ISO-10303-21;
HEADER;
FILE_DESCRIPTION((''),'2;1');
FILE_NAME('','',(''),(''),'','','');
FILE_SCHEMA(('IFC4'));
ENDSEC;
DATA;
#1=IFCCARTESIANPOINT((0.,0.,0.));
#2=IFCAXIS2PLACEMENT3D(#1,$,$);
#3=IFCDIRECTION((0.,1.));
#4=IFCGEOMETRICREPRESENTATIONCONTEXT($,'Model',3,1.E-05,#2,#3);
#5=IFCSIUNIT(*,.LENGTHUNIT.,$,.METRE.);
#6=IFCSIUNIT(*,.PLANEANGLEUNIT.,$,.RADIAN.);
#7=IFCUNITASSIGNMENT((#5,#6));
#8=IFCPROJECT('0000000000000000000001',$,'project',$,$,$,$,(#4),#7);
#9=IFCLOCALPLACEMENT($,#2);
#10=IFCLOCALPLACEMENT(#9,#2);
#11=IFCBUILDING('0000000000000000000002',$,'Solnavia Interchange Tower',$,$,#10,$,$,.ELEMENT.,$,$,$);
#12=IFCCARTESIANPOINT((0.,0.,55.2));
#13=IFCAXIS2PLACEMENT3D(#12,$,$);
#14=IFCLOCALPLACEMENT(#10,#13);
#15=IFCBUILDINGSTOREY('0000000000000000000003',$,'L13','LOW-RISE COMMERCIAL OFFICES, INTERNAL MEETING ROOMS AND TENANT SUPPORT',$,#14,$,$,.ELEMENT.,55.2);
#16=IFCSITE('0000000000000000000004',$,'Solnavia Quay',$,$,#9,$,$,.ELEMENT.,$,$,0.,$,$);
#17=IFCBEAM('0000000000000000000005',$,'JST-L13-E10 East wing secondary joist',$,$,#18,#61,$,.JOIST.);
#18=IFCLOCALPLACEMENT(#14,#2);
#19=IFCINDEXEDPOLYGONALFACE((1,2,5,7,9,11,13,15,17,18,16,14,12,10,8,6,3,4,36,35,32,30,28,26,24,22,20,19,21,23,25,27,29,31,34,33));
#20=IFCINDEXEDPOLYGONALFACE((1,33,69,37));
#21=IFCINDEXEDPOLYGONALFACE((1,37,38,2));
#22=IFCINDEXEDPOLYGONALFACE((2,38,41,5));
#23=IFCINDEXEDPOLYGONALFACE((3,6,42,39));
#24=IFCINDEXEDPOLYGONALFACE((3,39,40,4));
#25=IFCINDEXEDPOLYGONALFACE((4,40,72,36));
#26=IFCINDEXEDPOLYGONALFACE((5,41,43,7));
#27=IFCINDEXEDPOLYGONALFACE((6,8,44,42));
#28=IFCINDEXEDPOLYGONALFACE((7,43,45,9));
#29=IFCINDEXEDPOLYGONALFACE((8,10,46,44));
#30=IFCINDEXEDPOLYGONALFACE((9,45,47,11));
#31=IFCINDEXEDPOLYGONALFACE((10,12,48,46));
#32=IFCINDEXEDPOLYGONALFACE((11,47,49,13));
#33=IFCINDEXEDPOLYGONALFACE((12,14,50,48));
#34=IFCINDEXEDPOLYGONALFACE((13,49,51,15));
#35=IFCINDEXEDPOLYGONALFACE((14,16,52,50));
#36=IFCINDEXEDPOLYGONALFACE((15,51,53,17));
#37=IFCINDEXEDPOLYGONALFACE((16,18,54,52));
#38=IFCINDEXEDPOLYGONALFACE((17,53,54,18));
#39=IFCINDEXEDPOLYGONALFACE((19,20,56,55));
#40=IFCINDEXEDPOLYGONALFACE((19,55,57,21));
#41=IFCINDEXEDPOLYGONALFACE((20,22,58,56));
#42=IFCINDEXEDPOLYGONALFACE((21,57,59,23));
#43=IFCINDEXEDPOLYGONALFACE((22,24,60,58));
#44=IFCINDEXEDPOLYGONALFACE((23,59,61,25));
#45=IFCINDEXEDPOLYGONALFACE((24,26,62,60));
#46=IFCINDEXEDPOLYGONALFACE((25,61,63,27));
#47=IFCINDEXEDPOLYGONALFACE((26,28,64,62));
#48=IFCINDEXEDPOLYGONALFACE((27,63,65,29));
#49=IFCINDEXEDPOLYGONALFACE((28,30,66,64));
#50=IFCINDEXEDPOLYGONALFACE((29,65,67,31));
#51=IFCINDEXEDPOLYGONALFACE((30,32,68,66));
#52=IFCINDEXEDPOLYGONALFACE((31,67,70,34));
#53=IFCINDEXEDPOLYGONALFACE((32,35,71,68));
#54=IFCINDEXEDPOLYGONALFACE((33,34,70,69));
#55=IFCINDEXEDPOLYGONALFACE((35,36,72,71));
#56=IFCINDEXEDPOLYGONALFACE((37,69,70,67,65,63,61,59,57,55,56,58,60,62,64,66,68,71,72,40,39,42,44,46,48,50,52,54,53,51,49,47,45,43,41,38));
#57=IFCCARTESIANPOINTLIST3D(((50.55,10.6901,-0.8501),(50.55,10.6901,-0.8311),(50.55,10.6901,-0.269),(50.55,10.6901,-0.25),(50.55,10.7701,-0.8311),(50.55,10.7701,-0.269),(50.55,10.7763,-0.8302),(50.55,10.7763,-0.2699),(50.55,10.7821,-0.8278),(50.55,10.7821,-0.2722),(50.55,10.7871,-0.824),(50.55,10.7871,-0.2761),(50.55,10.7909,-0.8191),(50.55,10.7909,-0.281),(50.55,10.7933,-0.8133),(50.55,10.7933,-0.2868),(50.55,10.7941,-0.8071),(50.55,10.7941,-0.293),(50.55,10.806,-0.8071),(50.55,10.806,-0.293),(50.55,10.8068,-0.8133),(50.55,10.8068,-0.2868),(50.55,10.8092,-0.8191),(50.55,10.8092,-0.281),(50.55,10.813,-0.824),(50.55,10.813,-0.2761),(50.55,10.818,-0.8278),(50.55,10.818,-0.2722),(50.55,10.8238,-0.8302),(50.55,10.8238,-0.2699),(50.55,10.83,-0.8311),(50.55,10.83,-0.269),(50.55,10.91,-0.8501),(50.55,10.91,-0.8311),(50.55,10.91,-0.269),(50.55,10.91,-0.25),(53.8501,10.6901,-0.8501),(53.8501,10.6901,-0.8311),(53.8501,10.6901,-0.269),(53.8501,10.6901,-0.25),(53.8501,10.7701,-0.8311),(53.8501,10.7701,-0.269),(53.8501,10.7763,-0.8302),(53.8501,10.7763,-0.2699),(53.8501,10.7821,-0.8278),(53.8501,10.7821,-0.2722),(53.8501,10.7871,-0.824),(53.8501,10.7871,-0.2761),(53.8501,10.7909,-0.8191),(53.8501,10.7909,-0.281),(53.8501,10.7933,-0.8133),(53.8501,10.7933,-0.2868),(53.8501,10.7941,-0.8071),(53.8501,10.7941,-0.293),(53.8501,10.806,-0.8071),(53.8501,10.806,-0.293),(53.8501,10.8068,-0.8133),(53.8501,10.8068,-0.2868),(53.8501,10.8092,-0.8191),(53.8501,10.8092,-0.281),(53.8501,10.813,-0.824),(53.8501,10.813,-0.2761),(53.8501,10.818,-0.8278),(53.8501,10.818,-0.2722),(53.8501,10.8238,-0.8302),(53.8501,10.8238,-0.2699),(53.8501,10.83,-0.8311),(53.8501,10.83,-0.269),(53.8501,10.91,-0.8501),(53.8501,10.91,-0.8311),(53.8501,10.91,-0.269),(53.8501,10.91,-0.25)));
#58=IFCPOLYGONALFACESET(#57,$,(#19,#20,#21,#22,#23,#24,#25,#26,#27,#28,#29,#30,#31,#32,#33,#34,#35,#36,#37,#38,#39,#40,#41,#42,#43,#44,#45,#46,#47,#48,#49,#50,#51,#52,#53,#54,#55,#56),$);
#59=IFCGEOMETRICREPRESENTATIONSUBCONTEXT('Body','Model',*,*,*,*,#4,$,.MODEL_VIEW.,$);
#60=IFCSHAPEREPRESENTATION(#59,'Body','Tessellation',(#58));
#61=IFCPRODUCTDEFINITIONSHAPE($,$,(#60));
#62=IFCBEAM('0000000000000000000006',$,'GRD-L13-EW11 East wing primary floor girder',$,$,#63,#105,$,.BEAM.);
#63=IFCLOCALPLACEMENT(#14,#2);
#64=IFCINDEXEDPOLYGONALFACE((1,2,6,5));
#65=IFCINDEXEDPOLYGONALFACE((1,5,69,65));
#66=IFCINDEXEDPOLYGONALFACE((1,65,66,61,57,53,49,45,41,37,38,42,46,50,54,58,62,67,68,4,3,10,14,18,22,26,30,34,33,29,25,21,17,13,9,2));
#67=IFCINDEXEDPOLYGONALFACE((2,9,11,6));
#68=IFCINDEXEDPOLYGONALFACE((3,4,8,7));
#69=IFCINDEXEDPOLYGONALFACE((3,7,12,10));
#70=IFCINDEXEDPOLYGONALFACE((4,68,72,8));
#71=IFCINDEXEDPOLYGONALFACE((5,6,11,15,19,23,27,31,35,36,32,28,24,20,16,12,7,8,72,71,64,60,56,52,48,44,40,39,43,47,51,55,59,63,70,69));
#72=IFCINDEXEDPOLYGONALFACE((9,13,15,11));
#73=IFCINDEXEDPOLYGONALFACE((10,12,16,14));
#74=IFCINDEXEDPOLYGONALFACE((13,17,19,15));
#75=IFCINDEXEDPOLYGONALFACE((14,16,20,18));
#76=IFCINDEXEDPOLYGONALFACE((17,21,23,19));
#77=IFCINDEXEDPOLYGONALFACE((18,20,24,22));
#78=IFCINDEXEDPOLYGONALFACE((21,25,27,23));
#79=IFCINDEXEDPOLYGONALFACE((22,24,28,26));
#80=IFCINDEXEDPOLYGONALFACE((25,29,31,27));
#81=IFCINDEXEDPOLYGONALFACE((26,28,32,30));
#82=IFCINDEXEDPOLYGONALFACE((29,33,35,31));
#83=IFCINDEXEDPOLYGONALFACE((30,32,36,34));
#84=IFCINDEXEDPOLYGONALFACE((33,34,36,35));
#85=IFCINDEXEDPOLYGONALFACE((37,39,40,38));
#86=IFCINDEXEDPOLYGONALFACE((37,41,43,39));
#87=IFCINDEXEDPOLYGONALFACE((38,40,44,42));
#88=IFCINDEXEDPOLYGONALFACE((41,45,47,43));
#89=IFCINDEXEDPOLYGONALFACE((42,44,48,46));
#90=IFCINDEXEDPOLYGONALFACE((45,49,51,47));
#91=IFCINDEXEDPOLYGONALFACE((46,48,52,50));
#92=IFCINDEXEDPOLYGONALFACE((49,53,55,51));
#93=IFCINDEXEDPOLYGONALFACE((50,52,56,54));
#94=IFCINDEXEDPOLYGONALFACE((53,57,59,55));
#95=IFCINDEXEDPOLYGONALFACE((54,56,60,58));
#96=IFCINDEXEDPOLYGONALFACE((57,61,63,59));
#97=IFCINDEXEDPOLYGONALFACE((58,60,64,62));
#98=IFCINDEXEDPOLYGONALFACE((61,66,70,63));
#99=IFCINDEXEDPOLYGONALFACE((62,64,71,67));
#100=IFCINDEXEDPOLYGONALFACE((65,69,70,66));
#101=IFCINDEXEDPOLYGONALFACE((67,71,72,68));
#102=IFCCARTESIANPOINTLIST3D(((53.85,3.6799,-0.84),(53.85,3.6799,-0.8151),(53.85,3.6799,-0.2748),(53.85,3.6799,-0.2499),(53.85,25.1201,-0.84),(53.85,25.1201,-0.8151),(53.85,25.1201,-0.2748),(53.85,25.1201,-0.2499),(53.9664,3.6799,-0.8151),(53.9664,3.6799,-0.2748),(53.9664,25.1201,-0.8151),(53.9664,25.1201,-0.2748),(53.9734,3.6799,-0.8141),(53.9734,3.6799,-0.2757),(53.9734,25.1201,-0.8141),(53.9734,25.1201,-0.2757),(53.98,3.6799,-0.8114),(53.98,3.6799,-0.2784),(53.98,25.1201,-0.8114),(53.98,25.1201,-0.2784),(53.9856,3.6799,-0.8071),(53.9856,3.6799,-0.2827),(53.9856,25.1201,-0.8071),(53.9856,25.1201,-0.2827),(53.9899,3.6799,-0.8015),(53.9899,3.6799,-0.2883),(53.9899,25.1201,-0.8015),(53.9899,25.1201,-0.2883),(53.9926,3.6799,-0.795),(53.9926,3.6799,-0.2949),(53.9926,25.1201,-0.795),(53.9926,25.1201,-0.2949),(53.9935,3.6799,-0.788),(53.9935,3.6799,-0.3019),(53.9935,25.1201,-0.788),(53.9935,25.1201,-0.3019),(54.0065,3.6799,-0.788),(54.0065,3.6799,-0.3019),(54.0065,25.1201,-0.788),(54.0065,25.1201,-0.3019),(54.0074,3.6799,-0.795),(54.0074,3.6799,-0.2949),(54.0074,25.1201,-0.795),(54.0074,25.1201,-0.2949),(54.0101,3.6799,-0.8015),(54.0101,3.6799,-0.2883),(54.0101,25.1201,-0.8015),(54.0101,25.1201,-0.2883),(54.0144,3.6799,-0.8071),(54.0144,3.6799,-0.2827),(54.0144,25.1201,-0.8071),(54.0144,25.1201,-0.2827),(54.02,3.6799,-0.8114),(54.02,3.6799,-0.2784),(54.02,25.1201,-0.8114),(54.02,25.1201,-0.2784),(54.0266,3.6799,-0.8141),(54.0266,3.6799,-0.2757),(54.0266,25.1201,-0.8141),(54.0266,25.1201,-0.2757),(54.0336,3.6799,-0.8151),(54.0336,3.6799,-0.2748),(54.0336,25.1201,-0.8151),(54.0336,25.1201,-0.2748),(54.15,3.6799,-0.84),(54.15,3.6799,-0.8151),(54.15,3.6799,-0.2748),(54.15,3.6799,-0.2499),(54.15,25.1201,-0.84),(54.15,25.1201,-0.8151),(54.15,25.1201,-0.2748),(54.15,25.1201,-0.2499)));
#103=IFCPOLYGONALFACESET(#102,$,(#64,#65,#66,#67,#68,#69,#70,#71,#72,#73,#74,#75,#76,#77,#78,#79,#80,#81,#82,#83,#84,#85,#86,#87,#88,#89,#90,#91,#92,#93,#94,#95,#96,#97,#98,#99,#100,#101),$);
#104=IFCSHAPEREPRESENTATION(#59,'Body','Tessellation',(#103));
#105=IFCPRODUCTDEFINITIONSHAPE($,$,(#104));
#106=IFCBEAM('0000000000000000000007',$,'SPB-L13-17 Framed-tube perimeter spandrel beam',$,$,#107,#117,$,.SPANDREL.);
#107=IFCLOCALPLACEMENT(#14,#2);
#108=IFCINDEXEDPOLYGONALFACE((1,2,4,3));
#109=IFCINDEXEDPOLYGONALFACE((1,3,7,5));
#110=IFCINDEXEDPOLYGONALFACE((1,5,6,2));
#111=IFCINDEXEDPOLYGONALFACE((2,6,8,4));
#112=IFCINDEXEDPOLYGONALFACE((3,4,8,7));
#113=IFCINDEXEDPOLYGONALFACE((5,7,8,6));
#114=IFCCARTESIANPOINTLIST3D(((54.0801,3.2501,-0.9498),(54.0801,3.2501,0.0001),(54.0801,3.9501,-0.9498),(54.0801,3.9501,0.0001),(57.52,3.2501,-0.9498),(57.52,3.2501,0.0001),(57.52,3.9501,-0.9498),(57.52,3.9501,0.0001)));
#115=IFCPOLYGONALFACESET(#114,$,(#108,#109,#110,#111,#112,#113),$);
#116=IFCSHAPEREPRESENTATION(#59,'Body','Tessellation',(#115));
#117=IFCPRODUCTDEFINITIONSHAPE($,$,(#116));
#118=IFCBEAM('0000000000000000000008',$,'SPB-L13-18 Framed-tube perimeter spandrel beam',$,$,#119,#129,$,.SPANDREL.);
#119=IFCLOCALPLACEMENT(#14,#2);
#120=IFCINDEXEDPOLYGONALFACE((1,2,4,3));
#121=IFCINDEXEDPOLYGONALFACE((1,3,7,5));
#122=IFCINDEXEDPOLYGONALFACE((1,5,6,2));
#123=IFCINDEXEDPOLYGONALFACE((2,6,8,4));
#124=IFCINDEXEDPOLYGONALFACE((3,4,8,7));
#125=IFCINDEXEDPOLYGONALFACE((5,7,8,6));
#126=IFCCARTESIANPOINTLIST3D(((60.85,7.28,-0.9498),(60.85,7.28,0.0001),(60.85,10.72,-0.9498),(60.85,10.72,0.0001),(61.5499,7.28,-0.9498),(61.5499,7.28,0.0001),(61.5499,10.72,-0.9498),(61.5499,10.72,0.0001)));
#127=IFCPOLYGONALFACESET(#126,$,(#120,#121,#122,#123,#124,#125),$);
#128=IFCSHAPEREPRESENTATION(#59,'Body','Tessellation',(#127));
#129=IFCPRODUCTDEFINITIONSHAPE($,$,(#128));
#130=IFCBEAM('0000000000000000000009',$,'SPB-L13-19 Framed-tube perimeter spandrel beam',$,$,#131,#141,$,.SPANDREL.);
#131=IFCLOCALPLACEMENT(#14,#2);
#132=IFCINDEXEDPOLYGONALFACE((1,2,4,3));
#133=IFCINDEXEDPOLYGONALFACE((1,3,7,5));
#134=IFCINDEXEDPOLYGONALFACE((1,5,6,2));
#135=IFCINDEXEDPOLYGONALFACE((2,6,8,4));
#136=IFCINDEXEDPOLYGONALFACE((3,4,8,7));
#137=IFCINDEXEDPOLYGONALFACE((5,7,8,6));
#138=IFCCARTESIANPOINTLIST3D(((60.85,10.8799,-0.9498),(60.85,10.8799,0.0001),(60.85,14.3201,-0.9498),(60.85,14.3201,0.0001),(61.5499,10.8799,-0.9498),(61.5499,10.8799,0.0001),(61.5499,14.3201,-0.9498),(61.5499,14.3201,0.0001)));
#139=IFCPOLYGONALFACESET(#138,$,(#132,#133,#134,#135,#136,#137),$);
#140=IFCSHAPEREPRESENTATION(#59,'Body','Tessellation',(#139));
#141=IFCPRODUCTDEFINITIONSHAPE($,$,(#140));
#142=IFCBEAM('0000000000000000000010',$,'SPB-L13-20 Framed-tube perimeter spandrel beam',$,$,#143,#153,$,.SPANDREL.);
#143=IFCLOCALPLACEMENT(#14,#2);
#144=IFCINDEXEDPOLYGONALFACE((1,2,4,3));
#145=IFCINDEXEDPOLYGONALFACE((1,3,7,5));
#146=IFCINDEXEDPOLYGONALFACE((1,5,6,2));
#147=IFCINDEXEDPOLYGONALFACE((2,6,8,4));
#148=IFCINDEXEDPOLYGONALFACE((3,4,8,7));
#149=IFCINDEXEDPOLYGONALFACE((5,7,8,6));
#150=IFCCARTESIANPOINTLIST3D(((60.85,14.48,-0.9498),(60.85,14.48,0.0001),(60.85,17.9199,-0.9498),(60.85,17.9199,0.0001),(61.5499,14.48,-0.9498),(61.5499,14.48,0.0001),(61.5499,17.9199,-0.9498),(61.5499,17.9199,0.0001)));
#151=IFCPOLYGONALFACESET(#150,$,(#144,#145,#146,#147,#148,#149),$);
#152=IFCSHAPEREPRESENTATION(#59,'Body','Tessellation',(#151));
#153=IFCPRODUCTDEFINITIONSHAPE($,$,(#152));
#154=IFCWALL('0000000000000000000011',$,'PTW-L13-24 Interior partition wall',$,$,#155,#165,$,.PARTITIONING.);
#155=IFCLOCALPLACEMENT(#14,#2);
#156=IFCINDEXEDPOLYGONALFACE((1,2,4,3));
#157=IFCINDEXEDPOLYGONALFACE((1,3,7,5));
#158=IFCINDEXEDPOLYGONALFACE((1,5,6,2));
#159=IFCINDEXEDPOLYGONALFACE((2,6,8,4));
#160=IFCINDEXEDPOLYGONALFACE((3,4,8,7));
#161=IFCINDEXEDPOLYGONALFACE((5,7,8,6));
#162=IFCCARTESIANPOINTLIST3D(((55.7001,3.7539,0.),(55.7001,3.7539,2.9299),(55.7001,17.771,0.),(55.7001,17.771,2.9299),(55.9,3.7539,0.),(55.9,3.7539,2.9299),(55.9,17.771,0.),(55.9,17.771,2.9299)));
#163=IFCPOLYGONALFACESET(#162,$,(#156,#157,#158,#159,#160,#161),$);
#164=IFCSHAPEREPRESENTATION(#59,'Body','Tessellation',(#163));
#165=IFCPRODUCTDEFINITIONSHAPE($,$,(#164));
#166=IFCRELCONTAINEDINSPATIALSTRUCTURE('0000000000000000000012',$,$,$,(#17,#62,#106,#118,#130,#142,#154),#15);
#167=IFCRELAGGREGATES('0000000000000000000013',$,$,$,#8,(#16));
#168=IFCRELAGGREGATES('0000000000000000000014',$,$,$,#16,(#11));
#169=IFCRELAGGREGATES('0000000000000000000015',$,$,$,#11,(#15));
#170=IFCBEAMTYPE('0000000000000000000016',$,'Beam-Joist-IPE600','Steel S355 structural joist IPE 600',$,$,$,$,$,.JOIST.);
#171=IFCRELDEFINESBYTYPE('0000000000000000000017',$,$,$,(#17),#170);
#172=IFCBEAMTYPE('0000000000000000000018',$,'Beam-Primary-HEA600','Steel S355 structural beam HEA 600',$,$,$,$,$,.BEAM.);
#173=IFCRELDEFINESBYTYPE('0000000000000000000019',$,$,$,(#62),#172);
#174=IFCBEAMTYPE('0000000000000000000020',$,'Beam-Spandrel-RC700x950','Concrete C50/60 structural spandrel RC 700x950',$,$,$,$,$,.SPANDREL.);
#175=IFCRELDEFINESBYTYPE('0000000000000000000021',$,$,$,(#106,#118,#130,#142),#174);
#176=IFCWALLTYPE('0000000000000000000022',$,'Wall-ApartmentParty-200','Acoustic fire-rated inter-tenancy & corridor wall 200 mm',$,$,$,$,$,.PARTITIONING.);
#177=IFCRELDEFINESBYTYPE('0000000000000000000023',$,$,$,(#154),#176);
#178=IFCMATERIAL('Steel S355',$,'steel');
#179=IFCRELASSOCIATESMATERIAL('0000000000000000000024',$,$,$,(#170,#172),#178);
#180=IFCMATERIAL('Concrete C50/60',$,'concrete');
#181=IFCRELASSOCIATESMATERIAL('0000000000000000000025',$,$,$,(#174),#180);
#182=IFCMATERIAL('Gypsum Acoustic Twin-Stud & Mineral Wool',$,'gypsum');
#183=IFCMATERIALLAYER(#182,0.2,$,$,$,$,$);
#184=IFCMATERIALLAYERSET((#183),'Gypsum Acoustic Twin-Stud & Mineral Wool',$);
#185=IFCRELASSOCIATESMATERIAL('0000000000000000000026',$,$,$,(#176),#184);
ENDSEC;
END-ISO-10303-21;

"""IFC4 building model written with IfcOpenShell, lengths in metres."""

from ifc_helpers import new_model, si_unit, direction, frame, frame_2d, origin, origin_2d, place, context, subcontext, project, spatial, rectangle, i_section, extrude, material, layer, layer_set, material_profile, profile_set, type_object, element, save


model = new_model("IFC4")

# Units and contexts
model_context = context("Model", 3, precision=1e-05, world=origin(), true_north=direction((0.0, 1.0)))
body_context = subcontext(model_context, "Body", "Model", "MODEL_VIEW")
ifc_project = project(units=[si_unit("LENGTHUNIT", "METRE"), si_unit("PLANEANGLEUNIT", "RADIAN")], contexts=[model_context])

# Site, building, storey
site_placement = place(None, origin())
site = spatial("IfcSite", under=ifc_project, at=site_placement, Name="Solnavia Quay", CompositionType="ELEMENT", RefElevation=0.0)
building_placement = place(site_placement, origin())
building = spatial("IfcBuilding", under=site, at=building_placement, Name="Solnavia Interchange Tower", CompositionType="ELEMENT")
storey_placement = place(building_placement, frame((0.0, 0.0, 55.2)))
storey = spatial("IfcBuildingStorey", under=building, at=storey_placement, Name="L13", Description="LOW-RISE COMMERCIAL OFFICES, INTERNAL MEETING ROOMS AND TENANT SUPPORT", CompositionType="ELEMENT", Elevation=55.2)

# Beams
ifc_material_1 = material(Name="Steel S355", Category="steel")
ifc_material_profile_1 = material_profile(ifc_material_1, i_section(OverallWidth=0.22, OverallDepth=0.6001, WebThickness=0.012, FlangeThickness=0.019, FilletRadius=0.0239, at=origin_2d()), Name="IPE 600")
ifc_profile_set_1 = profile_set([ifc_material_profile_1], Name="Steel S355")
beam_type_1 = type_object("IfcBeamType", Name="Beam-Joist-IPE600", Description="Steel S355 structural joist IPE 600", PredefinedType="JOIST", material=ifc_profile_set_1)
beam_1_placement = place(storey_placement, frame((50.55, 10.8, -0.55), z_axis=(1.0, 0.0, 0.0), x_axis=(0.0, 1.0, 0.0)))
element("IfcBeam", 1, at=beam_1_placement, inside=storey, type_object=beam_type_1, Name="JST-L13-E10 East wing secondary joist", PredefinedType="JOIST", context=body_context, shape_type="SweptSolid", body=[
    extrude(i_section(OverallWidth=0.22, OverallDepth=0.6001, WebThickness=0.012, FlangeThickness=0.019, FilletRadius=0.0239, at=origin_2d()), origin(), (0.0, 0.0, 1.0), 3.3),
])
ifc_material_profile_2 = material_profile(ifc_material_1, i_section(OverallWidth=0.3, OverallDepth=0.5901, WebThickness=0.0129, FlangeThickness=0.0249, FilletRadius=0.0271, at=origin_2d()), Name="HEA 600")
ifc_profile_set_2 = profile_set([ifc_material_profile_2], Name="Steel S355")
beam_type_2 = type_object("IfcBeamType", Name="Beam-Primary-HEA600", Description="Steel S355 structural beam HEA 600", PredefinedType="BEAM", material=ifc_profile_set_2)
beam_2_placement = place(storey_placement, frame((54.0, 3.6799, -0.5449), z_axis=(0.0, 1.0, 0.0), x_axis=(-1.0, 0.0, 0.0)))
element("IfcBeam", 2, at=beam_2_placement, inside=storey, type_object=beam_type_2, Name="GRD-L13-EW11 East wing primary floor girder", PredefinedType="BEAM", context=body_context, shape_type="SweptSolid", body=[
    extrude(i_section(OverallWidth=0.3, OverallDepth=0.5901, WebThickness=0.0129, FlangeThickness=0.0249, FilletRadius=0.0271, at=origin_2d()), origin(), (0.0, 0.0, 1.0), 21.4402),
])
ifc_material_2 = material(Name="Concrete C50/60", Category="concrete")
ifc_material_profile_3 = material_profile(ifc_material_2, rectangle(XDim=0.7, YDim=0.95, at=origin_2d()), Name="RC 700x950")
ifc_profile_set_3 = profile_set([ifc_material_profile_3], Name="Concrete C50/60")
beam_type_3 = type_object("IfcBeamType", Name="Beam-Spandrel-RC700x950", Description="Concrete C50/60 structural spandrel RC 700x950", PredefinedType="SPANDREL", material=ifc_profile_set_3)
for number, where, z_axis, x_axis, name in (
    (3, (54.0801, 3.6001, -0.4749), (1.0, 0.0, 0.0), (0.0, 1.0, 0.0), "SPB-L13-17 Framed-tube perimeter spandrel beam"),
    (4, (61.2, 7.28, -0.4749), (0.0, 1.0, 0.0), (-1.0, 0.0, 0.0), "SPB-L13-18 Framed-tube perimeter spandrel beam"),
):
    element("IfcBeam", number, at=place(storey_placement, frame(where, z_axis=z_axis, x_axis=x_axis)), inside=storey, type_object=beam_type_3, Name=name, PredefinedType="SPANDREL", context=body_context, shape_type="SweptSolid", body=[
        extrude(rectangle(XDim=0.7, YDim=0.95, at=origin_2d()), origin(), (0.0, 0.0, 1.0), 3.4399),
    ])
beam_3_placement = place(storey_placement, frame((61.2, 10.8799, -0.4749), z_axis=(0.0, 1.0, 0.0), x_axis=(-1.0, 0.0, 0.0)))
element("IfcBeam", 5, at=beam_3_placement, inside=storey, type_object=beam_type_3, Name="SPB-L13-19 Framed-tube perimeter spandrel beam", PredefinedType="SPANDREL", context=body_context, shape_type="SweptSolid", body=[
    extrude(rectangle(XDim=0.7, YDim=0.95, at=origin_2d()), origin(), (0.0, 0.0, 1.0), 3.4402),
])
beam_4_placement = place(storey_placement, frame((61.2, 14.48, -0.4749), z_axis=(0.0, 1.0, 0.0), x_axis=(-1.0, 0.0, 0.0)))
element("IfcBeam", 6, at=beam_4_placement, inside=storey, type_object=beam_type_3, Name="SPB-L13-20 Framed-tube perimeter spandrel beam", PredefinedType="SPANDREL", context=body_context, shape_type="SweptSolid", body=[
    extrude(rectangle(XDim=0.7, YDim=0.95, at=origin_2d()), origin(), (0.0, 0.0, 1.0), 3.4399),
])

# Wall
ifc_material_3 = material(Name="Gypsum Acoustic Twin-Stud & Mineral Wool", Category="gypsum")
ifc_layer_1 = layer(ifc_material_3, 0.2)
ifc_layer_set_1 = layer_set([ifc_layer_1], Name="Gypsum Acoustic Twin-Stud & Mineral Wool")
wall_type_1 = type_object("IfcWallType", Name="Wall-ApartmentParty-200", Description="Acoustic fire-rated inter-tenancy & corridor wall 200 mm", PredefinedType="PARTITIONING", material=ifc_layer_set_1)
wall_1_placement = place(storey_placement, frame((55.8, 3.7539, 0.0), z_axis=(0.0, 0.0, 1.0), x_axis=(0.0, 1.0, 0.0)))
element("IfcWall", 7, at=wall_1_placement, inside=storey, type_object=wall_type_1, Name="PTW-L13-24 Interior partition wall", PredefinedType="PARTITIONING", context=body_context, shape_type="SweptSolid", body=[
    extrude(rectangle(XDim=14.0171, YDim=0.2, at=frame_2d((7.0085, 0.0))), origin(), (0.0, 0.0, 1.0), 2.9299),
])

save(model, "model.ifc")
